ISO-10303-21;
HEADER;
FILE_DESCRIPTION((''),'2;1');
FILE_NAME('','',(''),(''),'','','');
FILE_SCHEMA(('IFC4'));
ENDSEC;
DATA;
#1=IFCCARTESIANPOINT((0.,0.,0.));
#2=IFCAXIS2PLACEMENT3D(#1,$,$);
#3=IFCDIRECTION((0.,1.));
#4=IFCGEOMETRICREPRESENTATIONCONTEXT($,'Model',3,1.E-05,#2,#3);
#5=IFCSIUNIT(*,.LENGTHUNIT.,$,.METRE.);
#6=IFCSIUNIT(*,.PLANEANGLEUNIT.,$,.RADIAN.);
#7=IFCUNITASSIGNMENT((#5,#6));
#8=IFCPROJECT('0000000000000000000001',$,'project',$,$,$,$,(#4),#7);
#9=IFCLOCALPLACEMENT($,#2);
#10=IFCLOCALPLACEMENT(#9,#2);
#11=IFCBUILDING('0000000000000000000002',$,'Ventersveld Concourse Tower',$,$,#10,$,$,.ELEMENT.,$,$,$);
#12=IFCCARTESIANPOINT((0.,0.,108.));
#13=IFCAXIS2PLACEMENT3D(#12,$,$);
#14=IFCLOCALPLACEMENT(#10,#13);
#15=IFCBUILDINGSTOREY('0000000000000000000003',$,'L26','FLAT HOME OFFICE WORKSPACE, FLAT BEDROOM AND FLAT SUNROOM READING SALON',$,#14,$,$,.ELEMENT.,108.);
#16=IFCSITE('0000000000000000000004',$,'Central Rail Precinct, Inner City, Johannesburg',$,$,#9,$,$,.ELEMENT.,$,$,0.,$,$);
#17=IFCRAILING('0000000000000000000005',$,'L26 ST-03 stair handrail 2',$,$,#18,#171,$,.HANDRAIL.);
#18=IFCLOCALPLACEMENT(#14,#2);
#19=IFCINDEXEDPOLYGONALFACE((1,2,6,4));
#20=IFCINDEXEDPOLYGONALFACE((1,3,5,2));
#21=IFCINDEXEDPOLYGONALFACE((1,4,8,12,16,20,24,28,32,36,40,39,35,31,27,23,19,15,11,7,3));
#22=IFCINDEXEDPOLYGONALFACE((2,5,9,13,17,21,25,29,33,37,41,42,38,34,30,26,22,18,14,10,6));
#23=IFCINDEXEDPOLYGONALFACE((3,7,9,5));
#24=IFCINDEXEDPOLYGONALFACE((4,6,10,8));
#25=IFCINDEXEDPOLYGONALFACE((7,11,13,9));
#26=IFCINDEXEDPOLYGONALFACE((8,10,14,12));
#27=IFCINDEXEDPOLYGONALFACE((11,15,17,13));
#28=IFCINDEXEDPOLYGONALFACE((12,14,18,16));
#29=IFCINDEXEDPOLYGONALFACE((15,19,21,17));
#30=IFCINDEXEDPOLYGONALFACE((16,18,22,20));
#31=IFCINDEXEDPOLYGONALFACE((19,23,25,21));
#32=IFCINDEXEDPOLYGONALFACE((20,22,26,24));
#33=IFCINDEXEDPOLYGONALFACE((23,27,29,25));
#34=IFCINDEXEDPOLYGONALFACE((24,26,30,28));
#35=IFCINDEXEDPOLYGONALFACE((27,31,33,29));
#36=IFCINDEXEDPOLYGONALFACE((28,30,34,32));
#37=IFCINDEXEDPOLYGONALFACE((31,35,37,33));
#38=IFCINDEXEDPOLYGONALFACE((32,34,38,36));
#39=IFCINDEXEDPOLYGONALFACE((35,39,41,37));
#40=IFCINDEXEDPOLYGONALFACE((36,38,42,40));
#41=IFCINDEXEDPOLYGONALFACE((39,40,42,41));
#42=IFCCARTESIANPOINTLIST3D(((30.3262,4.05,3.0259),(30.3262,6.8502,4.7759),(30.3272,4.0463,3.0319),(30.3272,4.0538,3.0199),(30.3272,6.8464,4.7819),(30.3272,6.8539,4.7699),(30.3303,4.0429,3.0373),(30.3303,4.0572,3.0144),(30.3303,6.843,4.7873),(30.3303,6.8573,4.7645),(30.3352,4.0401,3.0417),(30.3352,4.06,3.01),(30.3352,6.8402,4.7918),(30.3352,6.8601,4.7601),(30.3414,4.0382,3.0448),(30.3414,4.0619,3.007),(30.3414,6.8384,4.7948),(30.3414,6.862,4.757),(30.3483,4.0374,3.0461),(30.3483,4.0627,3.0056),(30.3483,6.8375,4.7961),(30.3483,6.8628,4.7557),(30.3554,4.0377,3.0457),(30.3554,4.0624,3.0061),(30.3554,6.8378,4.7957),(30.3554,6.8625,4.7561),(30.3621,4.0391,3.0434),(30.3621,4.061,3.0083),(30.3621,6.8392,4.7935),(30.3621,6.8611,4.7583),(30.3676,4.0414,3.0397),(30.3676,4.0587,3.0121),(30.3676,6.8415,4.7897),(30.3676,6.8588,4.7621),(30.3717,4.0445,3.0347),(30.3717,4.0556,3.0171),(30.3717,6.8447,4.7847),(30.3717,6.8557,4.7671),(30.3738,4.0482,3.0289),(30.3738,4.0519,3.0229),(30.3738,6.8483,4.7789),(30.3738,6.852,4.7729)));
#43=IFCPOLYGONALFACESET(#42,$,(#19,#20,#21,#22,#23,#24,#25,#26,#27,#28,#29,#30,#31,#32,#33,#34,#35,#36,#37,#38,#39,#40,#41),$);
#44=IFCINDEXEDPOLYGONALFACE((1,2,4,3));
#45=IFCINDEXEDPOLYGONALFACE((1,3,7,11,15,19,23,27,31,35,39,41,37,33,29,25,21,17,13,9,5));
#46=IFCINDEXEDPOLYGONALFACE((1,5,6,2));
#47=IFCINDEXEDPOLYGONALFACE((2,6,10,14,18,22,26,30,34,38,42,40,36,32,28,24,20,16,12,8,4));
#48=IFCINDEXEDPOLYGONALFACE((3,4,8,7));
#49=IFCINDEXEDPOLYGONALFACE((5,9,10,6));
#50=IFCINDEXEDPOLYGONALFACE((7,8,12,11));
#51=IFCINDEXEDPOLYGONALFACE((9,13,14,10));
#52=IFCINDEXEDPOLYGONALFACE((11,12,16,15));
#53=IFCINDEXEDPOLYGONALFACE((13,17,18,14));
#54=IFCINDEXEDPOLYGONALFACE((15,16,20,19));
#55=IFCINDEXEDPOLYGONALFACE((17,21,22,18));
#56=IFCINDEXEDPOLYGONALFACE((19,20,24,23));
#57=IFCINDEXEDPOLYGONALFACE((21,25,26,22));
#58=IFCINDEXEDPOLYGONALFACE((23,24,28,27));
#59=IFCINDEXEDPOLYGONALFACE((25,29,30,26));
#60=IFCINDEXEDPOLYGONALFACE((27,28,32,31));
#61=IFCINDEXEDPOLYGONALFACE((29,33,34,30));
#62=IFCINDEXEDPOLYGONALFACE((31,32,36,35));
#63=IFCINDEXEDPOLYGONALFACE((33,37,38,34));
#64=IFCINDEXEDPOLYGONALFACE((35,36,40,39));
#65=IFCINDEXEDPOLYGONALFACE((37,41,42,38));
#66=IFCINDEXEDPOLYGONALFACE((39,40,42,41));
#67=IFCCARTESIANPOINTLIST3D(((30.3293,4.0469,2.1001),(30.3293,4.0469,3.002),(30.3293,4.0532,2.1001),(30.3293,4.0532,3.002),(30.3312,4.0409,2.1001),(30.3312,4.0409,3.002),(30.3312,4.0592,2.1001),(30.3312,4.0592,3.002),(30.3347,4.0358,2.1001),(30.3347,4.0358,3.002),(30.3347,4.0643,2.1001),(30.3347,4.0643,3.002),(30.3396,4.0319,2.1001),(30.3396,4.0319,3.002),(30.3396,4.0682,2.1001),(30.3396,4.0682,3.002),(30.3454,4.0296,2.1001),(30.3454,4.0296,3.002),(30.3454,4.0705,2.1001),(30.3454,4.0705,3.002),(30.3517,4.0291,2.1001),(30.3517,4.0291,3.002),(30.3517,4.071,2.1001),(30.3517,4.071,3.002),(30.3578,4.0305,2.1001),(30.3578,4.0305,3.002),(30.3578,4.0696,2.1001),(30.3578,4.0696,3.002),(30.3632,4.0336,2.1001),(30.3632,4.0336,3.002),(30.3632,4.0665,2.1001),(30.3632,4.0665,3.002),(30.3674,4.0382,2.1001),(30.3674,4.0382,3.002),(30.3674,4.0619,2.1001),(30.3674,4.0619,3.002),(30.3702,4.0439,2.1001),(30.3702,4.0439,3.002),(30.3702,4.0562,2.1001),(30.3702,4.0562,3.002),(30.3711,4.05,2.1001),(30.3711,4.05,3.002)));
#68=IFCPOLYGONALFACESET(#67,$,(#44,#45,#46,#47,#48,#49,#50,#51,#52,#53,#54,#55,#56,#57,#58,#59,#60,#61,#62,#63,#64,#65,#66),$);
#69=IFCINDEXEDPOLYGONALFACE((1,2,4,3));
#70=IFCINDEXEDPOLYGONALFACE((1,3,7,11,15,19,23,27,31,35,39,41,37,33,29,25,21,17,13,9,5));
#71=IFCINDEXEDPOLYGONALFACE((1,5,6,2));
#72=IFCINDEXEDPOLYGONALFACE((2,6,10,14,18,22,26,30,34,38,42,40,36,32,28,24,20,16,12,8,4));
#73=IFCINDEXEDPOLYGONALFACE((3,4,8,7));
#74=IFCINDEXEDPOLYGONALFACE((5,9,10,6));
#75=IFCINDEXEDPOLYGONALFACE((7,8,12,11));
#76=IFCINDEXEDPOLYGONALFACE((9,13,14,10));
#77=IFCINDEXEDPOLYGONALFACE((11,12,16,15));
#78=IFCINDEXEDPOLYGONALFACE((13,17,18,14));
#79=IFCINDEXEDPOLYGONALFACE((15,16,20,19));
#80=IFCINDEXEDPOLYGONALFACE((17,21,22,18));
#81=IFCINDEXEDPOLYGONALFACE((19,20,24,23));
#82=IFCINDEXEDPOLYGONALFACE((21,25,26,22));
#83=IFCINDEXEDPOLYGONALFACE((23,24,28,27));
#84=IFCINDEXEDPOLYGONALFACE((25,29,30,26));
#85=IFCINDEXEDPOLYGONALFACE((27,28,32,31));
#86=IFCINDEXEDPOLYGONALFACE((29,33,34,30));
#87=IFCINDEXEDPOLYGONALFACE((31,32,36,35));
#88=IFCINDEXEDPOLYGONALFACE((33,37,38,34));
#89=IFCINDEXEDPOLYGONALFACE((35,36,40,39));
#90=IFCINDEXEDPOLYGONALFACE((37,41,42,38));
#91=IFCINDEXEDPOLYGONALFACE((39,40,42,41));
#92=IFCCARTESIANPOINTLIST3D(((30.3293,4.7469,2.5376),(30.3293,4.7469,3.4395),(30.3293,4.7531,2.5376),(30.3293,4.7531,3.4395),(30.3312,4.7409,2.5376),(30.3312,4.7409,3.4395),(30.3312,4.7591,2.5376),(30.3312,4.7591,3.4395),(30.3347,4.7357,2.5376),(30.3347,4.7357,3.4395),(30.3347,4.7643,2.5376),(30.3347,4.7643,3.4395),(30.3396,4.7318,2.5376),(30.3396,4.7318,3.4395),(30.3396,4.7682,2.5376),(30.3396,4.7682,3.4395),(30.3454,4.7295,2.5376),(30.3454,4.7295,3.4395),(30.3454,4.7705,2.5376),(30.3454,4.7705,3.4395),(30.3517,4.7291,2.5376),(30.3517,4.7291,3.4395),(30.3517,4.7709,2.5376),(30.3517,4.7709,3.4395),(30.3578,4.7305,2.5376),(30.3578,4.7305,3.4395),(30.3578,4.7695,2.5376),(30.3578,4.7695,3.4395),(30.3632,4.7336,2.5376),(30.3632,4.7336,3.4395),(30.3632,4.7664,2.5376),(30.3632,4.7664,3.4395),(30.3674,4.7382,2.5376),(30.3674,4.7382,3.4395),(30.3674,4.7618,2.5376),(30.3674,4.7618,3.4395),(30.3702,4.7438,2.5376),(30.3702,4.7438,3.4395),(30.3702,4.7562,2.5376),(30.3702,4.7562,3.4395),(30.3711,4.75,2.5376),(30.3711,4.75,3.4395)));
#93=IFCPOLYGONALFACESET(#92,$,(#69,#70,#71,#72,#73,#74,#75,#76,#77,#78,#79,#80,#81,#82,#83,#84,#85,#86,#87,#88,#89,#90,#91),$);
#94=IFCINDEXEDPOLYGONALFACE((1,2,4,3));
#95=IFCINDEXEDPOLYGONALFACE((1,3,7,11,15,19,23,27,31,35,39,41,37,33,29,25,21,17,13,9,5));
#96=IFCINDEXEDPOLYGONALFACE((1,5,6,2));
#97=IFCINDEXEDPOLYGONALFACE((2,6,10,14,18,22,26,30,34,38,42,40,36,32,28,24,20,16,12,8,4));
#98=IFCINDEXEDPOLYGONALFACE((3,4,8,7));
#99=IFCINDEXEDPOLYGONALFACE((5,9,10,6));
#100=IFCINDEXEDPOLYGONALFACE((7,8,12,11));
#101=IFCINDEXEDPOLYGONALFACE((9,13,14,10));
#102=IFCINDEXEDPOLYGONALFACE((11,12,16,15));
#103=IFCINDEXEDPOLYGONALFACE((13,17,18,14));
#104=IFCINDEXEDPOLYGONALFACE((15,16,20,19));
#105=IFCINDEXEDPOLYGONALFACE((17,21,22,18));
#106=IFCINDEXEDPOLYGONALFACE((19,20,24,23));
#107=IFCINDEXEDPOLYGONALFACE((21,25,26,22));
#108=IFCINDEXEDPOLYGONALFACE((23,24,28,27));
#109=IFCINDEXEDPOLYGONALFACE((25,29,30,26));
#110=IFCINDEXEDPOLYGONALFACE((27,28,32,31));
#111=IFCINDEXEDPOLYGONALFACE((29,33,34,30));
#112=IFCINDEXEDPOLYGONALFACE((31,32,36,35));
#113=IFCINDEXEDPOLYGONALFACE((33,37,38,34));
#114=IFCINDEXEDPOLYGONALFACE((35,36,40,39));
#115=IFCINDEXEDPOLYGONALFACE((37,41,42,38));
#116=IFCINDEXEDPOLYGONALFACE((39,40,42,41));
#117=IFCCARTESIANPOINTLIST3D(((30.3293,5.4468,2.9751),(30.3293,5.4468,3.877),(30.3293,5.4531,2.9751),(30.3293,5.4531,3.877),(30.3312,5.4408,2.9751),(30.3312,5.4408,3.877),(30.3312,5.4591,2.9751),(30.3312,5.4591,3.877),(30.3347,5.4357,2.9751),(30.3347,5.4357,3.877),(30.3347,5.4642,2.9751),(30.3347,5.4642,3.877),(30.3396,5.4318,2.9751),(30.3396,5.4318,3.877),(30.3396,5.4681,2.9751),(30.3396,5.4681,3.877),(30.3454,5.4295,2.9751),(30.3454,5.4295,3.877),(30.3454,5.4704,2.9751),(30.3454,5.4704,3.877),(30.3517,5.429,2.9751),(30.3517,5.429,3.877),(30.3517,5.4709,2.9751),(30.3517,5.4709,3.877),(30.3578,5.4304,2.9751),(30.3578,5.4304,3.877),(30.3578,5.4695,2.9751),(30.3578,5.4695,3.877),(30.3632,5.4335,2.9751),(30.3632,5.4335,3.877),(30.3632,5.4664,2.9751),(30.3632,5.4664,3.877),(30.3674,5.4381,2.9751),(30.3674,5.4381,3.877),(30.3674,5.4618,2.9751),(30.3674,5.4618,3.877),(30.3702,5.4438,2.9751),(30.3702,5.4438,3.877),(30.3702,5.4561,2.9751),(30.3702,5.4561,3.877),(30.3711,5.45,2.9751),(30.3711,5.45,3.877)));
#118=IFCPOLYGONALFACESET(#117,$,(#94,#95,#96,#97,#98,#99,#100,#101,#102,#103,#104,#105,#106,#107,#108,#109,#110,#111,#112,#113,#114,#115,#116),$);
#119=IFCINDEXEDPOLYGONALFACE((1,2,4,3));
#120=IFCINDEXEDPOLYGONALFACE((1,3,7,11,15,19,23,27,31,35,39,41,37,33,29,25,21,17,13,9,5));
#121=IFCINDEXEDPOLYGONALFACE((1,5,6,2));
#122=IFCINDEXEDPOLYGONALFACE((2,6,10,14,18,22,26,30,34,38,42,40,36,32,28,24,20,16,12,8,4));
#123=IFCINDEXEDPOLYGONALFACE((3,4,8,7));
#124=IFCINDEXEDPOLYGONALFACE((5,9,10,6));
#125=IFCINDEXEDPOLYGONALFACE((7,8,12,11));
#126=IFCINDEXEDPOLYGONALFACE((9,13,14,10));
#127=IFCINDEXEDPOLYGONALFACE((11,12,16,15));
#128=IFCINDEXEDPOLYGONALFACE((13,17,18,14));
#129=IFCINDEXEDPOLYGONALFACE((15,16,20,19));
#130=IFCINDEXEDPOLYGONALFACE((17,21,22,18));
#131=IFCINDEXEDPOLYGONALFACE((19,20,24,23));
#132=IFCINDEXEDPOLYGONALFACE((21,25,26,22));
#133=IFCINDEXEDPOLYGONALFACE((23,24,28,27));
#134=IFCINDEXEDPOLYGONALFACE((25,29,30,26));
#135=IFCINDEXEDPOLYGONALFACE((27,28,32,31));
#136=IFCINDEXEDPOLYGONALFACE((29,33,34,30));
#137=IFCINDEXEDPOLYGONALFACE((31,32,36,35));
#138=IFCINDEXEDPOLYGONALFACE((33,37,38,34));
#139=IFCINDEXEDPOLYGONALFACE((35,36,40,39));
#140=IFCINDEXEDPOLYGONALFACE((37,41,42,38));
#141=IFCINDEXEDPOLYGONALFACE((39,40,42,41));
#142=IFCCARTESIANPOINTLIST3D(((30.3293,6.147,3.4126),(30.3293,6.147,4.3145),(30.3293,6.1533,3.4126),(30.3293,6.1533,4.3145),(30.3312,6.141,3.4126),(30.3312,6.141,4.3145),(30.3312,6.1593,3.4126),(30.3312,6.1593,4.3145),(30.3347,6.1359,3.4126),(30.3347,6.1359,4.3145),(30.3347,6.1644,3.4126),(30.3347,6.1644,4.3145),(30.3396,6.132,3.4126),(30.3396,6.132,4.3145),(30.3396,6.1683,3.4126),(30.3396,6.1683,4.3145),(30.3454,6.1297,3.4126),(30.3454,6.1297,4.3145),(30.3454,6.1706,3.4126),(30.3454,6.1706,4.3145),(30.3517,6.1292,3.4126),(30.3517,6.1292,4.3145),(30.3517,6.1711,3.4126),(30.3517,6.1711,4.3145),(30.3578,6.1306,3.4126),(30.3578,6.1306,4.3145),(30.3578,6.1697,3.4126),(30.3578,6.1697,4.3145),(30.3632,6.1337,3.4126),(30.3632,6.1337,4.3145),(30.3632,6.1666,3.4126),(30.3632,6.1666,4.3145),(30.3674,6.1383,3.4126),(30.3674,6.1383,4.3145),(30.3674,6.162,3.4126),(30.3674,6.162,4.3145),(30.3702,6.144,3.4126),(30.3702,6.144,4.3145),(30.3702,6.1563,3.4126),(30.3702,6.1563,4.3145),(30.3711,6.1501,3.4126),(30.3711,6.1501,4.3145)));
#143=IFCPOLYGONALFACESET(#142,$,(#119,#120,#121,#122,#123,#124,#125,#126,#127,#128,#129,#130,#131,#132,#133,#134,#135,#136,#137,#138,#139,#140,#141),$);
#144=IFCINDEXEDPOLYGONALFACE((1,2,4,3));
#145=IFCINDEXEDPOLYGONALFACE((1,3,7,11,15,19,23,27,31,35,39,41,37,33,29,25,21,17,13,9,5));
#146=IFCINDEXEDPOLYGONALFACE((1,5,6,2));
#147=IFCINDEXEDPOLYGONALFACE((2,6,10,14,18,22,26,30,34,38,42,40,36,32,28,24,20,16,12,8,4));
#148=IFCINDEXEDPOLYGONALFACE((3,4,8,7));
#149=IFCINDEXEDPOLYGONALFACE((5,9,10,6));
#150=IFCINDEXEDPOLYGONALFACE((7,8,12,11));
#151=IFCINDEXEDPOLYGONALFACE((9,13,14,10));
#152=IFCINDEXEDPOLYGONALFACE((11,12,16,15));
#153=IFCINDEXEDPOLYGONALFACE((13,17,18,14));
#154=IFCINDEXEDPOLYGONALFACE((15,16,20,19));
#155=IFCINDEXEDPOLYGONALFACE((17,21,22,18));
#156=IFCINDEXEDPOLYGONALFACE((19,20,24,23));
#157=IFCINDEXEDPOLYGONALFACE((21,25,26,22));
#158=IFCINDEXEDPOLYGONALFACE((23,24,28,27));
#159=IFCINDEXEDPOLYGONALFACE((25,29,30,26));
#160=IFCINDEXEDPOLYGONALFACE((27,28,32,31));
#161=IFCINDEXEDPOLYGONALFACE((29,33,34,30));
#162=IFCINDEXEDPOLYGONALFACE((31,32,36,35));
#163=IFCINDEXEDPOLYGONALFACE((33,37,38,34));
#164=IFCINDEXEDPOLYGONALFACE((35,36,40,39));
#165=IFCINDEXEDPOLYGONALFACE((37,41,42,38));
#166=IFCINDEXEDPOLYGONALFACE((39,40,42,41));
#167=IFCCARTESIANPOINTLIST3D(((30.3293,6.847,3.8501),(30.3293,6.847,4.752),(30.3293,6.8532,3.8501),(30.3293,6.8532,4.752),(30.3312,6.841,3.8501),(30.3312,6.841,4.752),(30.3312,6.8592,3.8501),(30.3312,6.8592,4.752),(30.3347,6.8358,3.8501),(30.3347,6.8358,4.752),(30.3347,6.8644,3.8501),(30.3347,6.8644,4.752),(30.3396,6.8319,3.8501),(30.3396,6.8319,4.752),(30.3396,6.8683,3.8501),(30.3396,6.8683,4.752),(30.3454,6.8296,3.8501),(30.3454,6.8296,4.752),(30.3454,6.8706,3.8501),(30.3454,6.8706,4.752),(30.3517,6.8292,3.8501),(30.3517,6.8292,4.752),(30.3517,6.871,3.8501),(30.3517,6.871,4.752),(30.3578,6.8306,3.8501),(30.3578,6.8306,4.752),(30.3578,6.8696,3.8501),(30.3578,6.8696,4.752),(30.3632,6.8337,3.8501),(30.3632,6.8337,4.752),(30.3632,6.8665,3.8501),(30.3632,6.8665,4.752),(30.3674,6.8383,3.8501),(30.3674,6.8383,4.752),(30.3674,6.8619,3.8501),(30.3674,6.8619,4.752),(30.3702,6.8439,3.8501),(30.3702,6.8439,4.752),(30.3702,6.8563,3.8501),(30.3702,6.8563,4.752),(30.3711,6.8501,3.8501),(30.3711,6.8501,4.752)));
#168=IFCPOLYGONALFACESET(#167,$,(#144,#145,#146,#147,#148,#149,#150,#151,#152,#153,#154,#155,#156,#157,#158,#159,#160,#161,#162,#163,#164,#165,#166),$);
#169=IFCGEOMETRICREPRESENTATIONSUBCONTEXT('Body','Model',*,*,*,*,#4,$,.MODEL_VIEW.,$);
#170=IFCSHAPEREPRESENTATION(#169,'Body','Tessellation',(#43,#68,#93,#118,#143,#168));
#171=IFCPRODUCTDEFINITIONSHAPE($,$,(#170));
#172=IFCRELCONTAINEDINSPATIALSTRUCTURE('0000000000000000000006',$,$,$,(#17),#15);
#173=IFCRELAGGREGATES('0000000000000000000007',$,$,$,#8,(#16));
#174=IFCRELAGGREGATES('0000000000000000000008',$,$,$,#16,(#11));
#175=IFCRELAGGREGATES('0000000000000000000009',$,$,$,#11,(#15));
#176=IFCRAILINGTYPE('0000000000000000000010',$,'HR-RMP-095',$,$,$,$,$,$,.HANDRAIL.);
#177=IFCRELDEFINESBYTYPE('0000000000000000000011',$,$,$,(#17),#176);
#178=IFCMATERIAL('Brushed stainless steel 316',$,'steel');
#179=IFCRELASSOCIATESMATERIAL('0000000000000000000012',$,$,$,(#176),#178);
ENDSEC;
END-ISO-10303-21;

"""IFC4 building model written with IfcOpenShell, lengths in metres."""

from ifc_helpers import new_model, si_unit, direction, frame, origin, origin_2d, place, context, subcontext, project, spatial, circle, extrude, material, type_object, element, save


model = new_model("IFC4")

# Units and contexts
model_context = context("Model", 3, precision=1e-05, world=origin(), true_north=direction((0.0, 1.0)))
body_context = subcontext(model_context, "Body", "Model", "MODEL_VIEW")
ifc_project = project(units=[si_unit("LENGTHUNIT", "METRE"), si_unit("PLANEANGLEUNIT", "RADIAN")], contexts=[model_context])

# Site, building, storey
site_placement = place(None, origin())
site = spatial("IfcSite", under=ifc_project, at=site_placement, Name="Central Rail Precinct, Inner City, Johannesburg", CompositionType="ELEMENT", RefElevation=0.0)
building_placement = place(site_placement, origin())
building = spatial("IfcBuilding", under=site, at=building_placement, Name="Ventersveld Concourse Tower", CompositionType="ELEMENT")
storey_placement = place(building_placement, frame((0.0, 0.0, 108.0)))
storey = spatial("IfcBuildingStorey", under=building, at=storey_placement, Name="L26", Description="FLAT HOME OFFICE WORKSPACE, FLAT BEDROOM AND FLAT SUNROOM READING SALON", CompositionType="ELEMENT", Elevation=108.0)

# Railing
ifc_material_1 = material(Name="Brushed stainless steel 316", Category="steel")
railing_type_1 = type_object("IfcRailingType", Name="HR-RMP-095", PredefinedType="HANDRAIL", material=ifc_material_1)
railing_1_placement = place(storey_placement, frame((30.3501, 4.05, 2.1001)))
element("IfcRailing", 1, at=railing_1_placement, inside=storey, type_object=railing_type_1, Name="L26 ST-03 stair handrail 2", PredefinedType="HANDRAIL", context=body_context, shape_type="SweptSolid", body=[
    extrude(circle(Radius=0.0239, at=origin_2d()), frame((0.0, 0.0, 0.9258), z_axis=(0.0, 0.848002, 0.529992), x_axis=(-1.0, 0.0, 0.0)), (0.0, 0.0, 1.0), 3.302),
    extrude(circle(Radius=0.021, at=origin_2d()), origin(), (0.0, 0.0, 1.0), 0.9019),
    extrude(circle(Radius=0.021, at=origin_2d()), frame((0.0, 0.7, 0.4375)), (0.0, 0.0, 1.0), 0.9019),
    extrude(circle(Radius=0.021, at=origin_2d()), frame((0.0, 1.3999, 0.875)), (0.0, 0.0, 1.0), 0.9019),
    extrude(circle(Radius=0.021, at=origin_2d()), frame((0.0, 2.1001, 1.3125)), (0.0, 0.0, 1.0), 0.9019),
    extrude(circle(Radius=0.021, at=origin_2d()), frame((0.0, 2.8, 1.75)), (0.0, 0.0, 1.0), 0.9019),
])

save(model, "model.ifc")
